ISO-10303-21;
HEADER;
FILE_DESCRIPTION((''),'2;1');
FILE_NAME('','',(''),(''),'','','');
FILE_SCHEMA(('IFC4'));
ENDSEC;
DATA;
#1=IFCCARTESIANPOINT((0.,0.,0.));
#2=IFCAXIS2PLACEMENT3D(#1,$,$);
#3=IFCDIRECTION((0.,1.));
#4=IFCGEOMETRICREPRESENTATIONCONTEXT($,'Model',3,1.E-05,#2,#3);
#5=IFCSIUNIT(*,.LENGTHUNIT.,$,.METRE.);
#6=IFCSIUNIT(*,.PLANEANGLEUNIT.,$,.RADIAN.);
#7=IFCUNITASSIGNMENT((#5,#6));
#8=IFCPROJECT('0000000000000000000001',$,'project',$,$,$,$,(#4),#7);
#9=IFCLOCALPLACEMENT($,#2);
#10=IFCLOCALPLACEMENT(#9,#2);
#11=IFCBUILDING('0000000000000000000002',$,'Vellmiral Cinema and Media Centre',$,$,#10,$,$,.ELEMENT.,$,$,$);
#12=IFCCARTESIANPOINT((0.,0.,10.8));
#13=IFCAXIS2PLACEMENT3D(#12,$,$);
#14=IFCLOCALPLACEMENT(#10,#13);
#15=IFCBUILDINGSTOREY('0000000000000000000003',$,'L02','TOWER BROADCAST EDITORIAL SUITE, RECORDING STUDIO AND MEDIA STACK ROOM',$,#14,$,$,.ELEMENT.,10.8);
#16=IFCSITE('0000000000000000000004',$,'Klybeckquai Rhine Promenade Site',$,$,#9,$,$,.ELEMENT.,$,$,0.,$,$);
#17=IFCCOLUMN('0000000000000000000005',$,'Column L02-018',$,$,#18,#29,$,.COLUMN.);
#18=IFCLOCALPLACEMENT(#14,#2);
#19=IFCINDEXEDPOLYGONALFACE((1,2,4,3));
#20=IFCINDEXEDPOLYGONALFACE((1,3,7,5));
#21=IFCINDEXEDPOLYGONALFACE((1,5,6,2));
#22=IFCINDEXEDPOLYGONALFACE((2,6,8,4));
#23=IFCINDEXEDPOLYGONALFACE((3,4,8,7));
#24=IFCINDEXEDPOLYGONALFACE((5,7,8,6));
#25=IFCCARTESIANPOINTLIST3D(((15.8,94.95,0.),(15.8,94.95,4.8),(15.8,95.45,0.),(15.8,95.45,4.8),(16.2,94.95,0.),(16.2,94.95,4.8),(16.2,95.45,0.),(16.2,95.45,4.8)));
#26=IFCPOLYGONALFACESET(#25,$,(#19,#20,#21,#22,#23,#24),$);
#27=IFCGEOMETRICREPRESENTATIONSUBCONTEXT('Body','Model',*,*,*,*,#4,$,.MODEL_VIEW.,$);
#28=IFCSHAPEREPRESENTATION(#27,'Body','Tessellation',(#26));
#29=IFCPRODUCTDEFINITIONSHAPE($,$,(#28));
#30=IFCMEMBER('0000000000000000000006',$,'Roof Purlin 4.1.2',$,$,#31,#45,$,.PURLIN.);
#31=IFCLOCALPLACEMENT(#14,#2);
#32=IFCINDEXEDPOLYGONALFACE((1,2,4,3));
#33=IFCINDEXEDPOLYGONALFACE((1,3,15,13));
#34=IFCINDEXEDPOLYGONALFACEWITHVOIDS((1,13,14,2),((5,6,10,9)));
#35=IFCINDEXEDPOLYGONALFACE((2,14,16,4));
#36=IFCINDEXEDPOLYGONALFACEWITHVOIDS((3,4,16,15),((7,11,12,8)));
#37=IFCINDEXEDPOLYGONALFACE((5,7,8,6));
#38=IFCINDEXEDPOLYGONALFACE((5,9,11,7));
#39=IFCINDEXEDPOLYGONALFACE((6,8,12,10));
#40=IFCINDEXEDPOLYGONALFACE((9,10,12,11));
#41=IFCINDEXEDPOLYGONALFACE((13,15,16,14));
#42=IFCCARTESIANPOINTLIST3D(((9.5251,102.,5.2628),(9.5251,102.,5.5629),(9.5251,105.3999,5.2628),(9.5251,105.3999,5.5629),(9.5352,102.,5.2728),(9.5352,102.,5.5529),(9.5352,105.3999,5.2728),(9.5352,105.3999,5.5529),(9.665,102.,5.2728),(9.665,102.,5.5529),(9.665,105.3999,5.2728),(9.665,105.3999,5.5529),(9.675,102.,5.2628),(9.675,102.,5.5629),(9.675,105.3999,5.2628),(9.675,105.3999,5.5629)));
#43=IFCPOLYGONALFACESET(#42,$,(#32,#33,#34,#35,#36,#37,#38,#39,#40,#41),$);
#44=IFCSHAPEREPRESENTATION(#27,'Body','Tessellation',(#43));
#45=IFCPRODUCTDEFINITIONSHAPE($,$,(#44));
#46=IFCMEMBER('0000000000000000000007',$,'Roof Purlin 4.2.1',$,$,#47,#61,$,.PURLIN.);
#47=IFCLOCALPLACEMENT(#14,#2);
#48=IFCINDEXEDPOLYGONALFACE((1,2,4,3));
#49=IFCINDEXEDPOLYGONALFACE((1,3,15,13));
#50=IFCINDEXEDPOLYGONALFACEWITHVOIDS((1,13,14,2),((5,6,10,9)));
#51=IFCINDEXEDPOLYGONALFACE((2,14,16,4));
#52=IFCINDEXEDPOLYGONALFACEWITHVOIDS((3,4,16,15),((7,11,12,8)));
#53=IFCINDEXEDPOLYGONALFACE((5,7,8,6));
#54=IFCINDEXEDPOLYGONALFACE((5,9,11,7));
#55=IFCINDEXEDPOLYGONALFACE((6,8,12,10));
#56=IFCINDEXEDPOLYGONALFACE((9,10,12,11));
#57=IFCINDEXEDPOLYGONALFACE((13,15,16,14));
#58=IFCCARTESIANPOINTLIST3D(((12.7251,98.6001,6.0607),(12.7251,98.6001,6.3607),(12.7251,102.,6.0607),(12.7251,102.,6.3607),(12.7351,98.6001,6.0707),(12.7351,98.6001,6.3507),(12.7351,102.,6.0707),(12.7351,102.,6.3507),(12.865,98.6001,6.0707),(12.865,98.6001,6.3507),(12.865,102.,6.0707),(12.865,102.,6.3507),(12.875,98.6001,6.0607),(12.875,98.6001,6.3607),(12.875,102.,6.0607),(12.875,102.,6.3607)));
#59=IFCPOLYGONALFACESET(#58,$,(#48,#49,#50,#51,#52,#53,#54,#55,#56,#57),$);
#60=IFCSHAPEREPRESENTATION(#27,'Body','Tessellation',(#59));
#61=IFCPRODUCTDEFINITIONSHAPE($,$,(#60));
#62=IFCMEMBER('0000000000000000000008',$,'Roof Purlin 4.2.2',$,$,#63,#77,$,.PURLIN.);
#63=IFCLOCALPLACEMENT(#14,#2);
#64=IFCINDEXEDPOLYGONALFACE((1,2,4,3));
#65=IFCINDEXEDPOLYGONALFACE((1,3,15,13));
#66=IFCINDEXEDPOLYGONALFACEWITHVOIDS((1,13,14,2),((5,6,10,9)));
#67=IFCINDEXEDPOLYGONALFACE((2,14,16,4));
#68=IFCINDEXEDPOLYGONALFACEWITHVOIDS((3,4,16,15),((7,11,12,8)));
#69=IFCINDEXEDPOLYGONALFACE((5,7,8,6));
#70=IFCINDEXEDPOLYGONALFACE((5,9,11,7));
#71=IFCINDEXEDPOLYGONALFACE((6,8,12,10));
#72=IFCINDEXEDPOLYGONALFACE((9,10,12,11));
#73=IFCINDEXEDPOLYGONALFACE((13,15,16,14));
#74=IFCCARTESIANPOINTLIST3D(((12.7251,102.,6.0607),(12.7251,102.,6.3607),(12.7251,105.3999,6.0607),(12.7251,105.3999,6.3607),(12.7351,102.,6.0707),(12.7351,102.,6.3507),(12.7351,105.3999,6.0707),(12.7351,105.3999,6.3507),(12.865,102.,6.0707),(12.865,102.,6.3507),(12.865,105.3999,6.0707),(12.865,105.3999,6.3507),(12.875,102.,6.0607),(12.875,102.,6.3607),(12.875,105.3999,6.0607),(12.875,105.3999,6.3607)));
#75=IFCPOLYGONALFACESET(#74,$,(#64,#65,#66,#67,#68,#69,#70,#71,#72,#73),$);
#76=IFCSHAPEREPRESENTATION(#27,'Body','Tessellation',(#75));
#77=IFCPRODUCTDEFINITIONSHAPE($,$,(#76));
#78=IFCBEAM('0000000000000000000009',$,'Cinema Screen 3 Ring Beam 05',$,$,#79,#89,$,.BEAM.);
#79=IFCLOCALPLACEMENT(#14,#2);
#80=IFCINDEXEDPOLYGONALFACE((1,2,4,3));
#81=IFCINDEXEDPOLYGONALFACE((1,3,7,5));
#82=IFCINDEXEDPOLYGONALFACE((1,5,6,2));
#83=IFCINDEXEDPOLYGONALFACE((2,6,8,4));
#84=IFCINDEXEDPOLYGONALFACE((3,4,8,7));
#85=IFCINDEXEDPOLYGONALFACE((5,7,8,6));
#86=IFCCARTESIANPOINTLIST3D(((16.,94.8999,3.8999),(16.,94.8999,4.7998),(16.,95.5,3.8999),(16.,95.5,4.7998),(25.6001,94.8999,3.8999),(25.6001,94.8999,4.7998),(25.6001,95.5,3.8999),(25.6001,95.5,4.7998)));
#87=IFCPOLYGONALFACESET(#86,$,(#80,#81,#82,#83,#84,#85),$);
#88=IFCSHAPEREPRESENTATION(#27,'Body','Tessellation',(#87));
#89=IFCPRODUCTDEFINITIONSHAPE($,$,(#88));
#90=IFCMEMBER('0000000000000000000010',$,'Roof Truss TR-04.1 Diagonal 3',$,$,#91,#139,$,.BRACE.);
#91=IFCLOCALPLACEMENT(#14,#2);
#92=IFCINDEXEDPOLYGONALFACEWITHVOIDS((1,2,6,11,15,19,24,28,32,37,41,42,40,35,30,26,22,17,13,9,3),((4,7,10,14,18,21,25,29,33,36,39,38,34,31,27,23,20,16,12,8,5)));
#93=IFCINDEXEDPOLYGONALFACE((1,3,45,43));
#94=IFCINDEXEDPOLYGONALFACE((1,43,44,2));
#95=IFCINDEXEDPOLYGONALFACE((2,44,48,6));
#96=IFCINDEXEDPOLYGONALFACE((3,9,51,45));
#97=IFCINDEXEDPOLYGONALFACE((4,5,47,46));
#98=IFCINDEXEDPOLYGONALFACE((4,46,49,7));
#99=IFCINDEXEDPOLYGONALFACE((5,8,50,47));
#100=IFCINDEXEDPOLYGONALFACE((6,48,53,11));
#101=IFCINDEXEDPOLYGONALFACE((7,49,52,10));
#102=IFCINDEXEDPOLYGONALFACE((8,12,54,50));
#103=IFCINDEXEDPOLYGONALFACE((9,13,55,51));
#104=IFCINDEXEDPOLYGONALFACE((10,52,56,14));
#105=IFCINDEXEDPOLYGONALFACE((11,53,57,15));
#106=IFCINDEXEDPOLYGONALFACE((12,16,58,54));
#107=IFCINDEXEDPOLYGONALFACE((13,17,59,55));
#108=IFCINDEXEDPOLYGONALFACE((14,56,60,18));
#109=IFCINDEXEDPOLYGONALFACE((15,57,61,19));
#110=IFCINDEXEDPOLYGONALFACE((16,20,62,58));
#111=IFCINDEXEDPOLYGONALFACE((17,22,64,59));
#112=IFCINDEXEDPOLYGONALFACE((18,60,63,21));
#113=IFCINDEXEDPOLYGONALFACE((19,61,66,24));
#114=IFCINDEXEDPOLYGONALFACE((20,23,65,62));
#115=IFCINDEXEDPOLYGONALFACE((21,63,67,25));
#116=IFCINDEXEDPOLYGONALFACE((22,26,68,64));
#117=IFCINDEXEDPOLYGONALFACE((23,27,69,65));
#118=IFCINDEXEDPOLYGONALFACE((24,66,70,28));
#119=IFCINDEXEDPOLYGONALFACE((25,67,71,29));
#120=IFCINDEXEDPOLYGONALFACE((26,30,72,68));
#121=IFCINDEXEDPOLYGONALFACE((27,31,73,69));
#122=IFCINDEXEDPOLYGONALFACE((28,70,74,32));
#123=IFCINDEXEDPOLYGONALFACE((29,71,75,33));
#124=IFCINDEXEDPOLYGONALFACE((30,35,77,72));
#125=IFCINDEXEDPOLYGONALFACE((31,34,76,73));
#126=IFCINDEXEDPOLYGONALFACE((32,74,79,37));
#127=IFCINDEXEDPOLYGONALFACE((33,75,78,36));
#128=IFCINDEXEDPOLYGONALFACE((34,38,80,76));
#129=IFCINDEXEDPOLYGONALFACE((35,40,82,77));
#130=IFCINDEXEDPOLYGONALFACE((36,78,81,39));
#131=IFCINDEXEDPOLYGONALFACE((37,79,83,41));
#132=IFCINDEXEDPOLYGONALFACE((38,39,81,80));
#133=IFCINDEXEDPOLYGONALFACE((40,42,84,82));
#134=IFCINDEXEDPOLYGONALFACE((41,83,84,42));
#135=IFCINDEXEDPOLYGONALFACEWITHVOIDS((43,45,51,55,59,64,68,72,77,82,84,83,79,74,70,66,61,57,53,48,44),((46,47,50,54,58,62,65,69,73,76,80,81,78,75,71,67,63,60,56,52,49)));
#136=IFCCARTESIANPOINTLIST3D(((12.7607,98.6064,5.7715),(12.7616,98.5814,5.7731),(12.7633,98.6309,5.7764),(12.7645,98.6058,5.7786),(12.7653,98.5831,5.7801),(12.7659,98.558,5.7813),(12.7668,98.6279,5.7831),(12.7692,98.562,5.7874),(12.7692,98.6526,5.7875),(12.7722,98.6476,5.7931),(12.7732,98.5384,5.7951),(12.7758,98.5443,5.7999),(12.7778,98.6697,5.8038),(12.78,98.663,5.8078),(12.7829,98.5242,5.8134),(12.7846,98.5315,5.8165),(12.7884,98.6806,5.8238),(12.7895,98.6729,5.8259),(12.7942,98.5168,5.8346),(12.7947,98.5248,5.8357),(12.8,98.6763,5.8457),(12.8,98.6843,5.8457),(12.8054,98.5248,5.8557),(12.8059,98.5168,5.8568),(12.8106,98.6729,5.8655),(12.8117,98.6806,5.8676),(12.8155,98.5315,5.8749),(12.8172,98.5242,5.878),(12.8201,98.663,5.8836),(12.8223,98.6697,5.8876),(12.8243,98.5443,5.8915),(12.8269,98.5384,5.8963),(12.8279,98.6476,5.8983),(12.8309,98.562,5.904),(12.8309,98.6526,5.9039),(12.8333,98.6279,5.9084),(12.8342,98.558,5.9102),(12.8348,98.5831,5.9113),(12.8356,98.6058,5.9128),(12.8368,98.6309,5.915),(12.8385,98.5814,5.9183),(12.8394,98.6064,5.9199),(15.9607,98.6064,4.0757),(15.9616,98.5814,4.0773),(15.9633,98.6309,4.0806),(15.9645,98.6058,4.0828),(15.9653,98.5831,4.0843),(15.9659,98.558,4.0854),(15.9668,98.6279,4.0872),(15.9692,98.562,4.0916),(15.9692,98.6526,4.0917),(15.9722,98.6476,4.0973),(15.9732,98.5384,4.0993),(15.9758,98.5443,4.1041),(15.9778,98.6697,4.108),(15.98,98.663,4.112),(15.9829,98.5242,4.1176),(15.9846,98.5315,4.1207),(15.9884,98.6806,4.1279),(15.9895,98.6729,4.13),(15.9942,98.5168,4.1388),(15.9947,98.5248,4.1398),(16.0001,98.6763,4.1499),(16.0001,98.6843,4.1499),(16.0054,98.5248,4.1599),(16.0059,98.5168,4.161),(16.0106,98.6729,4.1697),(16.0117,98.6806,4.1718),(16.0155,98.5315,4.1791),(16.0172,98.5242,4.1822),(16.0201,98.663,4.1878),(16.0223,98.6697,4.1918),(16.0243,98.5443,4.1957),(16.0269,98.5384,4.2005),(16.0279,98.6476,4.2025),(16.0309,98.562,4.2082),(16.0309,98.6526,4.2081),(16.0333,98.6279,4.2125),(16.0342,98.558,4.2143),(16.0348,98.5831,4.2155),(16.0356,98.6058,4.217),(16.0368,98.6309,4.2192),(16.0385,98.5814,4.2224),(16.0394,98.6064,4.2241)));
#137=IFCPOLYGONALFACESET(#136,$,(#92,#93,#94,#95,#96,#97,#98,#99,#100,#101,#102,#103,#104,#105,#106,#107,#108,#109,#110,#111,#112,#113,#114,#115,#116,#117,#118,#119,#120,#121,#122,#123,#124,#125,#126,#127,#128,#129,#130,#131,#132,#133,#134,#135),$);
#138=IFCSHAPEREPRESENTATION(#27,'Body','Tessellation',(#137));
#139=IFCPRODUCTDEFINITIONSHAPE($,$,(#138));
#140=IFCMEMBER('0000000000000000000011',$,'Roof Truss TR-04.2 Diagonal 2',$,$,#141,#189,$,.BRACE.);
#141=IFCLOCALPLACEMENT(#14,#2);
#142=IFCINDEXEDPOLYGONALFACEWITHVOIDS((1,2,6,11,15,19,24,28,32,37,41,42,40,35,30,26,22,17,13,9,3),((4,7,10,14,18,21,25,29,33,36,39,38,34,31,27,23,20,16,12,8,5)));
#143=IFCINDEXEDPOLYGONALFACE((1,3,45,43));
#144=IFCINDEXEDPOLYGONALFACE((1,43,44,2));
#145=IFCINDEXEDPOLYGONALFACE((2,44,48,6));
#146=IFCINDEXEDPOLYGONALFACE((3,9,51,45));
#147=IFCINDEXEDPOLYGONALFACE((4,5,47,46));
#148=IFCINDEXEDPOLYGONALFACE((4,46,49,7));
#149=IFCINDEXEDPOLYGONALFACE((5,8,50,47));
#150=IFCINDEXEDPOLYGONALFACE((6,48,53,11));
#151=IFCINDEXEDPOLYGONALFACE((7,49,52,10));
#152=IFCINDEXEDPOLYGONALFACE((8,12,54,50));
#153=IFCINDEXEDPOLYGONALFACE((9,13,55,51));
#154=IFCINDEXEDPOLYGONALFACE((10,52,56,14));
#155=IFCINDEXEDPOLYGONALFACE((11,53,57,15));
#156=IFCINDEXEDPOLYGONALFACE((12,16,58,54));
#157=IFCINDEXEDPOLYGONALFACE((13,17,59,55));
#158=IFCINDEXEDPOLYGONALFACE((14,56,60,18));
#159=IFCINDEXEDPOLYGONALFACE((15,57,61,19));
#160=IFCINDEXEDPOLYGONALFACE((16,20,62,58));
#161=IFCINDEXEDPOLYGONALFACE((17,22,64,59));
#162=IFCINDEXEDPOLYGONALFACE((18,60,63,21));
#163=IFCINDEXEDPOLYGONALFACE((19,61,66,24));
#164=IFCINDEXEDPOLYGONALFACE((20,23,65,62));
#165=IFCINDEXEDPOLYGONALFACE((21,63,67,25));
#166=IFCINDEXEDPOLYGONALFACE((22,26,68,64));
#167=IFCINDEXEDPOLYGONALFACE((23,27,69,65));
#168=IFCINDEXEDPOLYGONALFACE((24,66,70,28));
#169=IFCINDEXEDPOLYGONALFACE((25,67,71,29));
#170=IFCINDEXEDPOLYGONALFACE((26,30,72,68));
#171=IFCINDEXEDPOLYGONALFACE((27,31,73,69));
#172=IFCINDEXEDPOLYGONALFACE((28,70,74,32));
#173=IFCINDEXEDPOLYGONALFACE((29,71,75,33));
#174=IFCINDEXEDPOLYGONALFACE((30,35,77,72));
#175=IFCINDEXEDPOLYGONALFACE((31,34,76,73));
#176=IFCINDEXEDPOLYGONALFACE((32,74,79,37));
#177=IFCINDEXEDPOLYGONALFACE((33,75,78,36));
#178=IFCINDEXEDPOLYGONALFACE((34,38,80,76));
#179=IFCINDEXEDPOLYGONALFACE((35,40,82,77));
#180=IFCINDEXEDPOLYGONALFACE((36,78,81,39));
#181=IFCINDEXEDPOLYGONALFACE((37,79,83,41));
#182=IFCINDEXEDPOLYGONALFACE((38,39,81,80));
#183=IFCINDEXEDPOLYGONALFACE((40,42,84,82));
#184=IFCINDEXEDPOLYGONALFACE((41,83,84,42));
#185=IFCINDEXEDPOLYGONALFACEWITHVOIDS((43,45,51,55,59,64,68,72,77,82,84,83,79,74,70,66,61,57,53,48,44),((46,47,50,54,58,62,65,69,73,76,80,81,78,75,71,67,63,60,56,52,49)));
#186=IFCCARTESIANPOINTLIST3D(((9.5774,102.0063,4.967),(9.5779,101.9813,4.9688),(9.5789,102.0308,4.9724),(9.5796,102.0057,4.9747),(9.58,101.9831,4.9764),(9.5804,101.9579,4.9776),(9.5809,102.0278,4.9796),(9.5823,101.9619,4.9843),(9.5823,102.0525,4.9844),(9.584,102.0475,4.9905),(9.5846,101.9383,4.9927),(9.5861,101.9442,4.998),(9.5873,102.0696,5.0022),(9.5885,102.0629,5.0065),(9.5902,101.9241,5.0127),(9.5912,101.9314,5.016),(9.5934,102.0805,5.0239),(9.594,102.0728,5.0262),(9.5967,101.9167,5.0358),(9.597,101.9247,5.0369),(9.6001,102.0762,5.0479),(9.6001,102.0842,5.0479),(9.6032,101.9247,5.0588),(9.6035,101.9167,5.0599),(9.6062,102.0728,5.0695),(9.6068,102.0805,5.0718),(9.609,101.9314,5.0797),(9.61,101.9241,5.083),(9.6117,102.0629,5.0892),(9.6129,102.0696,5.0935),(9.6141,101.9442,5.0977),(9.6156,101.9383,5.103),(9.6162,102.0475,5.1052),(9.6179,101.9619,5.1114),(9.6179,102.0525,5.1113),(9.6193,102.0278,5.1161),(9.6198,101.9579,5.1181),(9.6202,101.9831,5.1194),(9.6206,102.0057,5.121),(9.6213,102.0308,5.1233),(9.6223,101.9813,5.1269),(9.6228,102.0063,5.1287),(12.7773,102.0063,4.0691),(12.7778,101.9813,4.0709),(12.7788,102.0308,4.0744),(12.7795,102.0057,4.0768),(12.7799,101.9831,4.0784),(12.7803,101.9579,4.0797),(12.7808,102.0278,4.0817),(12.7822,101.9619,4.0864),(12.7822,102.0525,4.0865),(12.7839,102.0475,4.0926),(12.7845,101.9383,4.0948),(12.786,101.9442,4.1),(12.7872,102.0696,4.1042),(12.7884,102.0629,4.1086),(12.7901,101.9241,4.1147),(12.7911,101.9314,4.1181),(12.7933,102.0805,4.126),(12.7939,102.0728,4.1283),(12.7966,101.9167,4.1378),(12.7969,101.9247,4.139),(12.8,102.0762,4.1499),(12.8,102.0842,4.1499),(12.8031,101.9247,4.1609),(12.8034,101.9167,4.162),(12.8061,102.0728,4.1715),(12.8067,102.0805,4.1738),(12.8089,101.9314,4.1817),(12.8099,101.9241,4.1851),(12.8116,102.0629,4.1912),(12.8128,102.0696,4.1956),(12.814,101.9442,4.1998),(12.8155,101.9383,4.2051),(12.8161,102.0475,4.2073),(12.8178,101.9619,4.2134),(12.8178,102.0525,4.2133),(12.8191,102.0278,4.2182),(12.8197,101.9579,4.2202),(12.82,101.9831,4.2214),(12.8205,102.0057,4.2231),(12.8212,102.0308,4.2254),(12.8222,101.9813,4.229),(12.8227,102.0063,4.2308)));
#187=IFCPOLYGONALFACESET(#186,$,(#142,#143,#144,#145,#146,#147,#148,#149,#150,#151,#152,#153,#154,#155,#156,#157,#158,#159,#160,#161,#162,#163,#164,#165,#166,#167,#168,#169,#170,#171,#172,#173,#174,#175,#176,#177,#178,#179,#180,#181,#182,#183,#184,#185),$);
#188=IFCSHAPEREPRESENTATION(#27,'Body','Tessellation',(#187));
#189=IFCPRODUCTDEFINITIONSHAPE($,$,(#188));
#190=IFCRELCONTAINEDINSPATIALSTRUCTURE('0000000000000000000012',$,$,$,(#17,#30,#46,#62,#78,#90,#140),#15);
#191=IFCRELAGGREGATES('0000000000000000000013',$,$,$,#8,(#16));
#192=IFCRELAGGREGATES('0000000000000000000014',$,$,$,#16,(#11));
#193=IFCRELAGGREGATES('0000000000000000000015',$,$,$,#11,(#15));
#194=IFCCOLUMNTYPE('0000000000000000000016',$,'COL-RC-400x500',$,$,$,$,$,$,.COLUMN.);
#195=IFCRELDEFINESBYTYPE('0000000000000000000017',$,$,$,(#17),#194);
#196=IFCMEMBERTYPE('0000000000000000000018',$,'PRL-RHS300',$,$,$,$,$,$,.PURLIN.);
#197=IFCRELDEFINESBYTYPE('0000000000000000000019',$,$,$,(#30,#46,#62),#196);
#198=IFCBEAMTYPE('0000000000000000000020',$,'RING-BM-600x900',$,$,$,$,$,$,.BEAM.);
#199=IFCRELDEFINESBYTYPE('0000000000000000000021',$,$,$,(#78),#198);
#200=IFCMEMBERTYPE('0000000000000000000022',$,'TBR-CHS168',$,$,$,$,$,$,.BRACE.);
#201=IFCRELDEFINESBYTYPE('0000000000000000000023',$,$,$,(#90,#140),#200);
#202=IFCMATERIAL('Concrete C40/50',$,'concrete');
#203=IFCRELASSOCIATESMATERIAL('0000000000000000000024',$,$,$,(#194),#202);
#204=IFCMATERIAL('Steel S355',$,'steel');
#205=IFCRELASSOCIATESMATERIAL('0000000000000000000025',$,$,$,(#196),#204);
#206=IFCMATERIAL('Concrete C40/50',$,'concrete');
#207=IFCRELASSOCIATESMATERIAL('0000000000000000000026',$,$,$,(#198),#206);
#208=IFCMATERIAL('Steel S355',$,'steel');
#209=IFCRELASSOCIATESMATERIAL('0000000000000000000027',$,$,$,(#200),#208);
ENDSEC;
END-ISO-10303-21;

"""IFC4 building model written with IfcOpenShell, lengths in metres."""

from ifc_helpers import new_model, si_unit, direction, frame, origin, origin_2d, place, context, subcontext, project, spatial, rectangle, hollow_rectangle, hollow_circle, extrude, material, material_profile, profile_set, type_object, element, save


model = new_model("IFC4")

# Units and contexts
model_context = context("Model", 3, precision=1e-05, world=origin(), true_north=direction((0.0, 1.0)))
body_context = subcontext(model_context, "Body", "Model", "MODEL_VIEW")
ifc_project = project(units=[si_unit("LENGTHUNIT", "METRE"), si_unit("PLANEANGLEUNIT", "RADIAN")], contexts=[model_context])

# Site, building, storey
site_placement = place(None, origin())
site = spatial("IfcSite", under=ifc_project, at=site_placement, Name="Klybeckquai Rhine Promenade Site", CompositionType="ELEMENT", RefElevation=0.0)
building_placement = place(site_placement, origin())
building = spatial("IfcBuilding", under=site, at=building_placement, Name="Vellmiral Cinema and Media Centre", CompositionType="ELEMENT")
storey_placement = place(building_placement, frame((0.0, 0.0, 10.8)))
storey = spatial("IfcBuildingStorey", under=building, at=storey_placement, Name="L02", Description="TOWER BROADCAST EDITORIAL SUITE, RECORDING STUDIO AND MEDIA STACK ROOM", CompositionType="ELEMENT", Elevation=10.8)

# Column
ifc_material_1 = material(Name="Concrete C40/50", Category="concrete")
ifc_material_profile_1 = material_profile(ifc_material_1, rectangle(XDim=0.3999, YDim=0.5, at=origin_2d()), Name="RC 400x500")
ifc_profile_set_1 = profile_set([ifc_material_profile_1], Name="Concrete C40/50")
column_type = type_object("IfcColumnType", Name="COL-RC-400x500", PredefinedType="COLUMN", material=ifc_profile_set_1)
column_placement = place(storey_placement, frame((16.0, 95.2, 0.0), z_axis=(0.0, 0.0, 1.0), x_axis=(1.0, 0.0, 0.0)))
element("IfcColumn", 1, at=column_placement, inside=storey, type_object=column_type, Name="Column L02-018", PredefinedType="COLUMN", context=body_context, shape_type="SweptSolid", body=[
    extrude(rectangle(XDim=0.3999, YDim=0.5, at=origin_2d()), origin(), (0.0, 0.0, 1.0), 4.8),
])

# Members
ifc_material_2 = material(Name="Steel S355", Category="steel")
ifc_material_profile_2 = material_profile(ifc_material_2, hollow_rectangle(XDim=0.1499, YDim=0.3, WallThickness=0.01, at=origin_2d()), Name="RHS 300x150x10.0")
ifc_profile_set_2 = profile_set([ifc_material_profile_2], Name="Steel S355")
member_type_1 = type_object("IfcMemberType", Name="PRL-RHS300", PredefinedType="PURLIN", material=ifc_profile_set_2)
for number, where, z_axis, x_axis, name in (
    (2, (9.6001, 102.0, 5.4128), (0.0, 1.0, 0.0), (-1.0, 0.0, 0.0), "Roof Purlin 4.1.2"),
    (3, (12.8, 98.6001, 6.2107), (0.0, 1.0, 0.0), (-1.0, 0.0, 0.0), "Roof Purlin 4.2.1"),
    (4, (12.8, 102.0, 6.2107), (0.0, 1.0, 0.0), (-1.0, 0.0, 0.0), "Roof Purlin 4.2.2"),
):
    element("IfcMember", number, at=place(storey_placement, frame(where, z_axis=z_axis, x_axis=x_axis)), inside=storey, type_object=member_type_1, Name=name, PredefinedType="PURLIN", context=body_context, shape_type="SweptSolid", body=[
        extrude(hollow_rectangle(XDim=0.1499, YDim=0.3, WallThickness=0.01, at=origin_2d()), origin(), (0.0, 0.0, 1.0), 3.3999),
    ])

# Beam
ifc_material_3 = material(Name="Concrete C40/50", Category="concrete")
ifc_material_profile_3 = material_profile(ifc_material_3, rectangle(XDim=0.6001, YDim=0.8999, at=origin_2d()), Name="RC 600x900")
ifc_profile_set_3 = profile_set([ifc_material_profile_3], Name="Concrete C40/50")
beam_type = type_object("IfcBeamType", Name="RING-BM-600x900", PredefinedType="BEAM", material=ifc_profile_set_3)
beam_placement = place(storey_placement, frame((16.0, 95.2, 4.3499), z_axis=(1.0, 0.0, 0.0), x_axis=(0.0, 1.0, 0.0)))
element("IfcBeam", 5, at=beam_placement, inside=storey, type_object=beam_type, Name="Cinema Screen 3 Ring Beam 05", PredefinedType="BEAM", context=body_context, shape_type="SweptSolid", body=[
    extrude(rectangle(XDim=0.6001, YDim=0.8999, at=origin_2d()), origin(), (0.0, 0.0, 1.0), 9.6001),
])

# Members
ifc_material_4 = material(Name="Steel S355", Category="steel")
ifc_material_profile_4 = material_profile(ifc_material_4, hollow_circle(Radius=0.0842, WallThickness=0.0081, at=origin_2d()), Name="CHS 168.3x8.0")
ifc_profile_set_4 = profile_set([ifc_material_profile_4], Name="Steel S355")
member_type_2 = type_object("IfcMemberType", Name="TBR-CHS168", PredefinedType="BRACE", material=ifc_profile_set_4)
member_1_placement = place(storey_placement, frame((12.8, 98.6001, 5.8457), z_axis=(0.883593, 0.0, -0.468256), x_axis=(0.0, 1.0, 0.0)))
element("IfcMember", 6, at=member_1_placement, inside=storey, type_object=member_type_2, Name="Roof Truss TR-04.1 Diagonal 3", PredefinedType="BRACE", context=body_context, shape_type="SweptSolid", body=[
    extrude(hollow_circle(Radius=0.0842, WallThickness=0.0081, at=origin_2d()), origin(), (0.0, 0.0, 1.0), 3.6216),
])
member_2_placement = place(storey_placement, frame((9.6001, 102.0, 5.0479), z_axis=(0.962811, 0.0, -0.270178), x_axis=(0.0, 1.0, 0.0)))
element("IfcMember", 7, at=member_2_placement, inside=storey, type_object=member_type_2, Name="Roof Truss TR-04.2 Diagonal 2", PredefinedType="BRACE", context=body_context, shape_type="SweptSolid", body=[
    extrude(hollow_circle(Radius=0.0842, WallThickness=0.0081, at=origin_2d()), origin(), (0.0, 0.0, 1.0), 3.3235),
])

save(model, "model.ifc")
